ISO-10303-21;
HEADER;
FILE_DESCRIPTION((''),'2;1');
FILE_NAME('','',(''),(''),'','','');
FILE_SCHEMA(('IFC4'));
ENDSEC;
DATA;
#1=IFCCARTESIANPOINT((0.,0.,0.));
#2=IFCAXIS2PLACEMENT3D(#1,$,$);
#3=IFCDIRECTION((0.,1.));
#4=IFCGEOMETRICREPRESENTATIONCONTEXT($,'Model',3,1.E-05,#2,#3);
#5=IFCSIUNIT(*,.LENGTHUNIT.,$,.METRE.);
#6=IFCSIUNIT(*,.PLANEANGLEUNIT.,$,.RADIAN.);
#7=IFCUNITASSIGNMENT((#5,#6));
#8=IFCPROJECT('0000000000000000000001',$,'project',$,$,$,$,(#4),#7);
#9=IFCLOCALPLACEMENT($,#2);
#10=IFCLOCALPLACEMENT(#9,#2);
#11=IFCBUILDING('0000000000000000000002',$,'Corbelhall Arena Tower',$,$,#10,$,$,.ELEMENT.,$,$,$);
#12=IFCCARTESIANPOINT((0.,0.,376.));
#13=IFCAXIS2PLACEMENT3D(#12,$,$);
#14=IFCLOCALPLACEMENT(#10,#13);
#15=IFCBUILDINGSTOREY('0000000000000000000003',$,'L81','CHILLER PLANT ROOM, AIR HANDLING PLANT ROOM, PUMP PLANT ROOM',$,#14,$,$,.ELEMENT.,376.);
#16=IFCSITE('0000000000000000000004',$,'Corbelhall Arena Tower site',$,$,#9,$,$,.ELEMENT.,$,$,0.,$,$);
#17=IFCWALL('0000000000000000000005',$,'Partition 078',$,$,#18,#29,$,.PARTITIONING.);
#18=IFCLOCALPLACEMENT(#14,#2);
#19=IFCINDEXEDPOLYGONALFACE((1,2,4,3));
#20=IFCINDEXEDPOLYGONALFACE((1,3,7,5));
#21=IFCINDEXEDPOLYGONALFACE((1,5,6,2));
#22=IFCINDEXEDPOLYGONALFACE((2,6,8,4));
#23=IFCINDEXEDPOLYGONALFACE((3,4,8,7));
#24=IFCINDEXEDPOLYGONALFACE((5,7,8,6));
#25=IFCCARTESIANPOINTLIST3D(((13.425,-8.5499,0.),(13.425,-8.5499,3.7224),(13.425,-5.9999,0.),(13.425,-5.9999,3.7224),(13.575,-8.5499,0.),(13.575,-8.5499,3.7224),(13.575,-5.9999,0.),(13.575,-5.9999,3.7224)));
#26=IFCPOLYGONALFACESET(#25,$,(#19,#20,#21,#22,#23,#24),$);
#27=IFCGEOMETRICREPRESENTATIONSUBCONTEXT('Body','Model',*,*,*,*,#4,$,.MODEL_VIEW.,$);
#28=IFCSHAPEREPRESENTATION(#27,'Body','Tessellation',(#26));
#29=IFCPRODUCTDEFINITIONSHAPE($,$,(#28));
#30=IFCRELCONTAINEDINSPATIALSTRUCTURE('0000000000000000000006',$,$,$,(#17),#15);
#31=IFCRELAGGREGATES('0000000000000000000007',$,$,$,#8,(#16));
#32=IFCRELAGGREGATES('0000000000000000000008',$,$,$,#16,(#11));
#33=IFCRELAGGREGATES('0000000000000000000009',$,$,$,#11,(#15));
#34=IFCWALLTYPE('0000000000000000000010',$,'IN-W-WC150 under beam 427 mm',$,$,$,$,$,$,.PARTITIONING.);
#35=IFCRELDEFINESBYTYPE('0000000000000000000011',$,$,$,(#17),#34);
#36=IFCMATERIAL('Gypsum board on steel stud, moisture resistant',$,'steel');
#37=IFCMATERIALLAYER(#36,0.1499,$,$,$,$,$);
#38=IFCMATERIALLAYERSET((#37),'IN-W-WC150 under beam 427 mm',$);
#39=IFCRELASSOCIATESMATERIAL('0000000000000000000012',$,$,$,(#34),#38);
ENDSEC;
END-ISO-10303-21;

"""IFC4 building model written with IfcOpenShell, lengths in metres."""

from ifc_helpers import new_model, si_unit, direction, frame, frame_2d, origin, place, context, subcontext, project, spatial, rectangle, extrude, material, layer, layer_set, type_object, element, save


model = new_model("IFC4")

# Units and contexts
model_context = context("Model", 3, precision=1e-05, world=origin(), true_north=direction((0.0, 1.0)))
body_context = subcontext(model_context, "Body", "Model", "MODEL_VIEW")
ifc_project = project(units=[si_unit("LENGTHUNIT", "METRE"), si_unit("PLANEANGLEUNIT", "RADIAN")], contexts=[model_context])

# Site, building, storey
site_placement = place(None, origin())
site = spatial("IfcSite", under=ifc_project, at=site_placement, Name="Corbelhall Arena Tower site", CompositionType="ELEMENT", RefElevation=0.0)
building_placement = place(site_placement, origin())
building = spatial("IfcBuilding", under=site, at=building_placement, Name="Corbelhall Arena Tower", CompositionType="ELEMENT")
storey_placement = place(building_placement, frame((0.0, 0.0, 376.0)))
storey = spatial("IfcBuildingStorey", under=building, at=storey_placement, Name="L81", Description="CHILLER PLANT ROOM, AIR HANDLING PLANT ROOM, PUMP PLANT ROOM", CompositionType="ELEMENT", Elevation=376.0)

# Wall
ifc_material_1 = material(Name="Gypsum board on steel stud, moisture resistant", Category="steel")
ifc_layer_1 = layer(ifc_material_1, 0.1499)
ifc_layer_set_1 = layer_set([ifc_layer_1], Name="IN-W-WC150 under beam 427 mm")
wall_type_1 = type_object("IfcWallType", Name="IN-W-WC150 under beam 427 mm", PredefinedType="PARTITIONING", material=ifc_layer_set_1)
wall_1_placement = place(storey_placement, frame((13.5, -6.0, 0.0), z_axis=(0.0, 0.0, 1.0), x_axis=(0.0, -1.0, 0.0)))
element("IfcWall", 1, at=wall_1_placement, inside=storey, type_object=wall_type_1, Name="Partition 078", PredefinedType="PARTITIONING", context=body_context, shape_type="SweptSolid", body=[
    extrude(rectangle(XDim=2.55, YDim=0.1499, at=frame_2d((1.2749, 0.0))), origin(), (0.0, 0.0, 1.0), 3.7224),
])

save(model, "model.ifc")
